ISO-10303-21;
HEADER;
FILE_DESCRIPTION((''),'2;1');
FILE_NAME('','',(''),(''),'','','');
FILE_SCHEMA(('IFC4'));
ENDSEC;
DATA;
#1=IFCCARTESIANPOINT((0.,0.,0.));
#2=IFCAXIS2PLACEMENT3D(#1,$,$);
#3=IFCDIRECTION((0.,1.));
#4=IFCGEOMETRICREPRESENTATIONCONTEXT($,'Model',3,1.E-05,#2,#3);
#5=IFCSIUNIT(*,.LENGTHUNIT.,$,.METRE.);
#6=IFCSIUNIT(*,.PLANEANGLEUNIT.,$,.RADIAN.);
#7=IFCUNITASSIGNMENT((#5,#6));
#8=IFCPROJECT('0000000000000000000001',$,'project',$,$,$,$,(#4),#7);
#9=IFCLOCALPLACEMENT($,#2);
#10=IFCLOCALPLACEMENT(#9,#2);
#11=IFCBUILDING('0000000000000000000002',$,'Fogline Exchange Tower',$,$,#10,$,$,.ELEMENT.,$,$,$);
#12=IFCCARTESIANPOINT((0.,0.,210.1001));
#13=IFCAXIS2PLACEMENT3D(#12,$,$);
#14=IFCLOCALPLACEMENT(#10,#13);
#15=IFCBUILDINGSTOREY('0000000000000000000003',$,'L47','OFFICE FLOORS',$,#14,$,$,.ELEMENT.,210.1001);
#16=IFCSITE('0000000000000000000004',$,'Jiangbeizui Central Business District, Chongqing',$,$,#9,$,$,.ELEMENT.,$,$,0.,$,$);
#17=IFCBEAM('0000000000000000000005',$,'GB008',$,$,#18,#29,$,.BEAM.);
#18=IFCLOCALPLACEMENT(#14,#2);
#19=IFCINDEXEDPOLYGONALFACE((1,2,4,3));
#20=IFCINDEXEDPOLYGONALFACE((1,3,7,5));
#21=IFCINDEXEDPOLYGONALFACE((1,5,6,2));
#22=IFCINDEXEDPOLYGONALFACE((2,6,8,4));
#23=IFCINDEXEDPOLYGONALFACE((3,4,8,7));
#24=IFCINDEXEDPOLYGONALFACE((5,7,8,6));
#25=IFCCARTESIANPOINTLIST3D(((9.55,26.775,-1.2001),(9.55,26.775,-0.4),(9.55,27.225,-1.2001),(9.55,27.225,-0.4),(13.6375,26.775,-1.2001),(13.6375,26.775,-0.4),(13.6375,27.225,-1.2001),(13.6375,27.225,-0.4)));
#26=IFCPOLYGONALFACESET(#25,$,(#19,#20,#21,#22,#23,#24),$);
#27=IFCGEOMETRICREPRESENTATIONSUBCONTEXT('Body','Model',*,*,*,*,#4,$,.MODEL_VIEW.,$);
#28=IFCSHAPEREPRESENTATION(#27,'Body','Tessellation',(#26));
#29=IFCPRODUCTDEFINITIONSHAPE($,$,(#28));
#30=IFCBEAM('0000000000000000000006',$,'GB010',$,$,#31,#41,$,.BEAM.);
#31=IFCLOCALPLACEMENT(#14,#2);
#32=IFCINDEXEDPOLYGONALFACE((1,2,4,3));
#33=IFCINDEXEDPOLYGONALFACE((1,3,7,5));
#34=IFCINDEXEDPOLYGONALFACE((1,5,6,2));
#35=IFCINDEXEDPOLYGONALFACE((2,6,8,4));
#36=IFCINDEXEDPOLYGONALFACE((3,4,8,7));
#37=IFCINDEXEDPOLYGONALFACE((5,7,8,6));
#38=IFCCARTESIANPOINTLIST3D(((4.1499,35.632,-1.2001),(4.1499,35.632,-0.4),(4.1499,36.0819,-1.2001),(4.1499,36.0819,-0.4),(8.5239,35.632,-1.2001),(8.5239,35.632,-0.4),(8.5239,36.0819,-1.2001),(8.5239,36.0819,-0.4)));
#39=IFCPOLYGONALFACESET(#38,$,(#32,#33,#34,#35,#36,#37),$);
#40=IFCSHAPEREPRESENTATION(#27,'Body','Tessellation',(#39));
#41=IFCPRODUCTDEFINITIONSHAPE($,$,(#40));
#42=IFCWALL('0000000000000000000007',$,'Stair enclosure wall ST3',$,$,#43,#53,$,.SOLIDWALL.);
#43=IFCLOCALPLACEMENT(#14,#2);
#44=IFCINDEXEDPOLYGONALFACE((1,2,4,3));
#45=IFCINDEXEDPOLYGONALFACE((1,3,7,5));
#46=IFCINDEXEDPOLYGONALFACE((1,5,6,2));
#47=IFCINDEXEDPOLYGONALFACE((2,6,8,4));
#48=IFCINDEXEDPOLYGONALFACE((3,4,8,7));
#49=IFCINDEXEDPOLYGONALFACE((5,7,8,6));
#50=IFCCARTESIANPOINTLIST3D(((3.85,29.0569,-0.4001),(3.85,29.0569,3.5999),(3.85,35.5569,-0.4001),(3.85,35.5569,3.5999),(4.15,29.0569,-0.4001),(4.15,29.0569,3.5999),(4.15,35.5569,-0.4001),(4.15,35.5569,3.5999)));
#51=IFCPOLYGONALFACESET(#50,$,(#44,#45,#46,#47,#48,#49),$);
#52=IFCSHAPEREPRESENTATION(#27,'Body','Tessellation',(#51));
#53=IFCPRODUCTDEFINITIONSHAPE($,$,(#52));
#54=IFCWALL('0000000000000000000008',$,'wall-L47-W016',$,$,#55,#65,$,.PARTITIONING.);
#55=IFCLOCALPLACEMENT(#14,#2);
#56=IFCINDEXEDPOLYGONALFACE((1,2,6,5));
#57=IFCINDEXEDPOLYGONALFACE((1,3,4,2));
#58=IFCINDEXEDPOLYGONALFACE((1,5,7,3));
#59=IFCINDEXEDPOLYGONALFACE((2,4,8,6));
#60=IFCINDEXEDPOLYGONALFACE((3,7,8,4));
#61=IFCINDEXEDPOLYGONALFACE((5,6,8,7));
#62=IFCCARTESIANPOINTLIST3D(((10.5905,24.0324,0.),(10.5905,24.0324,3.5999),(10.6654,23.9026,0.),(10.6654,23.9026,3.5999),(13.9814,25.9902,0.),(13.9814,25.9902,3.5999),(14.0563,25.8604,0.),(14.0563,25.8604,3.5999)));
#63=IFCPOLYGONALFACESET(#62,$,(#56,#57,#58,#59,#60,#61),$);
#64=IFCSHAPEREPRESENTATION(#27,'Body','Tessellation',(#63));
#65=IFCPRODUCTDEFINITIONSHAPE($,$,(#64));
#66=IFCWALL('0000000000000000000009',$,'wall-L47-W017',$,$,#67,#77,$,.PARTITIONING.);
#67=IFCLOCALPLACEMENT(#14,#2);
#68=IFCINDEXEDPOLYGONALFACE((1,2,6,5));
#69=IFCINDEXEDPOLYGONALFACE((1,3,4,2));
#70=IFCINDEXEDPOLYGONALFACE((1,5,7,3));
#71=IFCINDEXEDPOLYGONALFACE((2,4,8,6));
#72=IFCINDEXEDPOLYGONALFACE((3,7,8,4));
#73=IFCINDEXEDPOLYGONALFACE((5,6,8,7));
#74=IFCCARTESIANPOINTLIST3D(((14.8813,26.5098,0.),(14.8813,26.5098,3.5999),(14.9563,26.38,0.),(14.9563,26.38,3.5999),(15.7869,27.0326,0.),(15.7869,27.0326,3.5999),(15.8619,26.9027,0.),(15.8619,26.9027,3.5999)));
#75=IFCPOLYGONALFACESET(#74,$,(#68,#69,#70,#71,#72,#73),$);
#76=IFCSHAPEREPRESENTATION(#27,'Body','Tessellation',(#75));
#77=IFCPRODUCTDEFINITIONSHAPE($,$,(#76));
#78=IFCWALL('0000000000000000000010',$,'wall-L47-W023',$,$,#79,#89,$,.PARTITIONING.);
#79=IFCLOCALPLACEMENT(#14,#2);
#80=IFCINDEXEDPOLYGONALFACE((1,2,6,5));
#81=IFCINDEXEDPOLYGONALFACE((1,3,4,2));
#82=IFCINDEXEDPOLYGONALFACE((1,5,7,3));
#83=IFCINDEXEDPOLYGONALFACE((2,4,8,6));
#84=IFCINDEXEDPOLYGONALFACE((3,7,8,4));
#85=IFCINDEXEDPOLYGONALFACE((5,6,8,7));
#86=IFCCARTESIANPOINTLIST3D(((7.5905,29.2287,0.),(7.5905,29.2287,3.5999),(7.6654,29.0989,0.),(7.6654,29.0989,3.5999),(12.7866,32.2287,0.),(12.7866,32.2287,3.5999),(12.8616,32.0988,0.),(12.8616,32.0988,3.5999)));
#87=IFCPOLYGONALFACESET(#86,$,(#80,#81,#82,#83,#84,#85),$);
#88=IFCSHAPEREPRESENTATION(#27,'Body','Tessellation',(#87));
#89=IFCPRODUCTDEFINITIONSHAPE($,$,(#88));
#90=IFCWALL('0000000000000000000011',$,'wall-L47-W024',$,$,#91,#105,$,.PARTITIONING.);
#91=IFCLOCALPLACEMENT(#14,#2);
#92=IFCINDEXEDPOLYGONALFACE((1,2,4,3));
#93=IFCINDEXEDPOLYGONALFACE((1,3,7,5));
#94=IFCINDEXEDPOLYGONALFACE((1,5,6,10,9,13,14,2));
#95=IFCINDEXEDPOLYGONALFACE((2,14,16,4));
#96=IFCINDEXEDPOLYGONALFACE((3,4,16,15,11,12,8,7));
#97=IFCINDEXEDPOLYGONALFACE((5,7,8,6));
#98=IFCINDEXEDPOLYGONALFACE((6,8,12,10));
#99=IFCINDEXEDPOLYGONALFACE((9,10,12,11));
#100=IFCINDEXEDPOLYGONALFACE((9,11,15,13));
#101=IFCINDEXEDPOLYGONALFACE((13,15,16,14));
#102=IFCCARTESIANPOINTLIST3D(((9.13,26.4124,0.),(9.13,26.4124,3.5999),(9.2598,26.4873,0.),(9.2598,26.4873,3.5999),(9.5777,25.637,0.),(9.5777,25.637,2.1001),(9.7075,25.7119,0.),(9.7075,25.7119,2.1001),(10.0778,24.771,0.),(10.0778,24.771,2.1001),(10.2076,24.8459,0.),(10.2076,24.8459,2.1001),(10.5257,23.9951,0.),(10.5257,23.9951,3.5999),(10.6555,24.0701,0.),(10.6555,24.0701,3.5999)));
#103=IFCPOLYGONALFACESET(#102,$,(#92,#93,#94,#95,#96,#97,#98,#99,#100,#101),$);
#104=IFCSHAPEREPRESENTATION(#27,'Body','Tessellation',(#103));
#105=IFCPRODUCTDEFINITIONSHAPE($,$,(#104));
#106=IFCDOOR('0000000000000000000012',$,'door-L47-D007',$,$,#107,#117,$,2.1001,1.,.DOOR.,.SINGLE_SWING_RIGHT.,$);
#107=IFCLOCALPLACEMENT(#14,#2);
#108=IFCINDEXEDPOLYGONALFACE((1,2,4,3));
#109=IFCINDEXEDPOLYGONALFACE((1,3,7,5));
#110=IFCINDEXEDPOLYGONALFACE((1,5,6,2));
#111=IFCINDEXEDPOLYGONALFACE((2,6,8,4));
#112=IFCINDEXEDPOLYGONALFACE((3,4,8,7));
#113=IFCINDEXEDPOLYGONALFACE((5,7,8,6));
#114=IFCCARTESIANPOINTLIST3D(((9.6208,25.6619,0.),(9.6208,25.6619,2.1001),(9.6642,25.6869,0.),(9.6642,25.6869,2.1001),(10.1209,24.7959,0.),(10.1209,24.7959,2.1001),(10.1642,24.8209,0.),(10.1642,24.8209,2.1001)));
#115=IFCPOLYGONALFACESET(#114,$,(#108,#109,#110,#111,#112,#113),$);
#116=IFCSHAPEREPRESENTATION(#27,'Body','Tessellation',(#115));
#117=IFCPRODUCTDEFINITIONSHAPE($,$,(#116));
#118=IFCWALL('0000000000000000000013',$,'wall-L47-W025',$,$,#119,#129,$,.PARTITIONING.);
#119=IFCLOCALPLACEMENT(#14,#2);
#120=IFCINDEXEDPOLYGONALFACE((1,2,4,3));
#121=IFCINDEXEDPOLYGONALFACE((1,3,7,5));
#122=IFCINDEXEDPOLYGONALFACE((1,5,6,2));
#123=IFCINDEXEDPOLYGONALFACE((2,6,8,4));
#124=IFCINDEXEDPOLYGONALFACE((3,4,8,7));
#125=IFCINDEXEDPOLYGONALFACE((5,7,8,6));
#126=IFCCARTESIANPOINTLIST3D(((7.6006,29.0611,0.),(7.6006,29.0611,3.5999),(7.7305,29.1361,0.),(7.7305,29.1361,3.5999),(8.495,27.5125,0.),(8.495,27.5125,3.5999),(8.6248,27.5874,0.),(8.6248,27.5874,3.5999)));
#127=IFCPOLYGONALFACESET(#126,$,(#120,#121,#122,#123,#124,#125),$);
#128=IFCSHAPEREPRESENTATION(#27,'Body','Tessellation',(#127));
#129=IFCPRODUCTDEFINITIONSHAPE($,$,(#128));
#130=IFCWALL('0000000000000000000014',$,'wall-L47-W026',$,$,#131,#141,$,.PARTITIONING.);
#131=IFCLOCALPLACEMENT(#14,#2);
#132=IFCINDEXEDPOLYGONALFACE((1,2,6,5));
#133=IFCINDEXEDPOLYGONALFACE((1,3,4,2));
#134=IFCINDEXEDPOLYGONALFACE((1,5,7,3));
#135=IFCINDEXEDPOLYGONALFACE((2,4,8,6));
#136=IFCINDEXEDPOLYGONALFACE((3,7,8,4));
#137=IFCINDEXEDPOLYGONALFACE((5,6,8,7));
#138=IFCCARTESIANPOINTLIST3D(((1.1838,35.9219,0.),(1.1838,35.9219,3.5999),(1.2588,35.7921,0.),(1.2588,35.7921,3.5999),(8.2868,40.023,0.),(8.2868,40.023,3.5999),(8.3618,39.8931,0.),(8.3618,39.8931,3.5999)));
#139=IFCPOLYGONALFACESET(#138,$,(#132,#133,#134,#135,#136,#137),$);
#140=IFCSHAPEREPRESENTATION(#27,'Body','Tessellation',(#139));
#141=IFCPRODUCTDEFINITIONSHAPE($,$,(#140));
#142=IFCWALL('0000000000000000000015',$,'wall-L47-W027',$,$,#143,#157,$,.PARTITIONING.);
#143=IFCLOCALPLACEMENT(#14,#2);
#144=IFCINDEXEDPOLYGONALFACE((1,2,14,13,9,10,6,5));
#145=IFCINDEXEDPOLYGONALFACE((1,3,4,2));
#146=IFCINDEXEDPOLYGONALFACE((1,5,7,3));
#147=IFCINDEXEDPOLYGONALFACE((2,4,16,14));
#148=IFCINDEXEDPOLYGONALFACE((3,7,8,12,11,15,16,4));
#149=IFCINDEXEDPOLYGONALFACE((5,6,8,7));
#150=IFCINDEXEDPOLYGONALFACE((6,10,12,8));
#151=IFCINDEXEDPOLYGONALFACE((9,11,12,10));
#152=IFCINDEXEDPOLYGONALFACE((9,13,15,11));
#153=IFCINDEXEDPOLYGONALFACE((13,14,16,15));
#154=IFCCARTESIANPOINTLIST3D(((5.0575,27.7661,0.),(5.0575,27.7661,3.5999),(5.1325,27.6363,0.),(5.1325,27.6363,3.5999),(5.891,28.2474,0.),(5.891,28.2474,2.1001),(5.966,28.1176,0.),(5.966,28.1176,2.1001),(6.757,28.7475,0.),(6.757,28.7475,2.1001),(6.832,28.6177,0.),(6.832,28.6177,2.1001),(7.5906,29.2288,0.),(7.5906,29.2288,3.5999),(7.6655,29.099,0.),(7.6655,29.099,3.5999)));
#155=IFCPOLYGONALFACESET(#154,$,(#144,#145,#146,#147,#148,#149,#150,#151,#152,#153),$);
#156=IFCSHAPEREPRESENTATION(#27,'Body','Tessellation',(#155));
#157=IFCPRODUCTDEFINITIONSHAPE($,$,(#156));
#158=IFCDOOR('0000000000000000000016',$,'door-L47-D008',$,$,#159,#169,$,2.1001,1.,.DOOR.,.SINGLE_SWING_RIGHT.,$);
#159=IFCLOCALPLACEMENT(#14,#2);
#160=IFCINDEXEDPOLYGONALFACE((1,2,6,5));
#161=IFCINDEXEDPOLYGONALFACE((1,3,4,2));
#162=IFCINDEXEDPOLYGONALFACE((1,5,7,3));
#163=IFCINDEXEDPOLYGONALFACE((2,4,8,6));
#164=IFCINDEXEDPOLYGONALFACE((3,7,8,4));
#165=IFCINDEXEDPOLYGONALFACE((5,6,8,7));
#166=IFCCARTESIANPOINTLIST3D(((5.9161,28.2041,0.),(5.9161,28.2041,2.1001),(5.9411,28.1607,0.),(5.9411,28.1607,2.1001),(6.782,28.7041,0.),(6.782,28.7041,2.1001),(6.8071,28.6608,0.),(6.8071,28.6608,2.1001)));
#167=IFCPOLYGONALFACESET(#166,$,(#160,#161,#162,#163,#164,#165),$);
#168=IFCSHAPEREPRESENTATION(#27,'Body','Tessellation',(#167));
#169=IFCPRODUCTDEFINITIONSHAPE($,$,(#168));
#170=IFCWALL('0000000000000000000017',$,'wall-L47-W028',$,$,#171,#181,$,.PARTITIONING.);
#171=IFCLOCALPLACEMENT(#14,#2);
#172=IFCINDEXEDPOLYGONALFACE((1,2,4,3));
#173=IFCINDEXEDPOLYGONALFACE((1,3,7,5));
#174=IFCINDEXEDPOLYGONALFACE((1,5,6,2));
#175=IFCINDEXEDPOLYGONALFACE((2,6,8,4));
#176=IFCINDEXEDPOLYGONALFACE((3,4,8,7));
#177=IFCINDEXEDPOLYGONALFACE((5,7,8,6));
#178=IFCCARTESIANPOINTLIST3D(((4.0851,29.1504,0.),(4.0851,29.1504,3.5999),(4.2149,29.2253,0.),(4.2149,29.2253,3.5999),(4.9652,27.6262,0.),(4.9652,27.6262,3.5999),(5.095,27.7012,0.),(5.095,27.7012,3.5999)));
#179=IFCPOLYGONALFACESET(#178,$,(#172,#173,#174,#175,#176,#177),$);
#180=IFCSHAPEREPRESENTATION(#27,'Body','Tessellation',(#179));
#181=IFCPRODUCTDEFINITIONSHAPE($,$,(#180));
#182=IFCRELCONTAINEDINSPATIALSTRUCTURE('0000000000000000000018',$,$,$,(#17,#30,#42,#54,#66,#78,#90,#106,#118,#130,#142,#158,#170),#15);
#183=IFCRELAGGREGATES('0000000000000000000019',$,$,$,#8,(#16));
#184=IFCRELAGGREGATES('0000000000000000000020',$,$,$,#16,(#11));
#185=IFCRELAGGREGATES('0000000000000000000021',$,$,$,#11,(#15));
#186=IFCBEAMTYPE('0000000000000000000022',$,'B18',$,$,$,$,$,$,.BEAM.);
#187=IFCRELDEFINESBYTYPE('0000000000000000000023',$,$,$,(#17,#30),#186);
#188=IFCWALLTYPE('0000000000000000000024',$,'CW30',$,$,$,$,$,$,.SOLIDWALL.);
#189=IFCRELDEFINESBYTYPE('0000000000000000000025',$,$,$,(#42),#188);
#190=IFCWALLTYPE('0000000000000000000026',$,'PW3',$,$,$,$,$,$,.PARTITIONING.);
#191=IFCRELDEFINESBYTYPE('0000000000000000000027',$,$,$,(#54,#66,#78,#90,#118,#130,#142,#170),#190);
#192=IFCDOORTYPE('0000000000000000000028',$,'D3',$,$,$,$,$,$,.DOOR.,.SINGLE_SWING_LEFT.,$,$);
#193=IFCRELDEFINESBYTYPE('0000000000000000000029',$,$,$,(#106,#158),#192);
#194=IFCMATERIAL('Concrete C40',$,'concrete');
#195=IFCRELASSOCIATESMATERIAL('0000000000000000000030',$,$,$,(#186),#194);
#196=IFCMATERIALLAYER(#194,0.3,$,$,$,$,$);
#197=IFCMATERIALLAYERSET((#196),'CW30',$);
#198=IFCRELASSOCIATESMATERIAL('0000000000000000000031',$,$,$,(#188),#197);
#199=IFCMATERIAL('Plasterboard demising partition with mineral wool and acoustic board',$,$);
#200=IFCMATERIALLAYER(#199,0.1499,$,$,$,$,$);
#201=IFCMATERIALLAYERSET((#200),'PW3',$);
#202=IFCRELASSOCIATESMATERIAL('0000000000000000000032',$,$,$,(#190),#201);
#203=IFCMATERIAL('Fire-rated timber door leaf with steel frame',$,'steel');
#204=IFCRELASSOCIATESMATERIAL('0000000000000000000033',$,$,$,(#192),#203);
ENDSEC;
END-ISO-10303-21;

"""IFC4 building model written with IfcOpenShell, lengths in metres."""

from ifc_helpers import new_model, si_unit, direction, frame, frame_2d, origin, origin_2d, place, context, subcontext, project, spatial, rectangle, extrude, material, layer, layer_set, material_profile, profile_set, type_object, element, fill, save


model = new_model("IFC4")

# Units and contexts
model_context = context("Model", 3, precision=1e-05, world=origin(), true_north=direction((0.0, 1.0)))
body_context = subcontext(model_context, "Body", "Model", "MODEL_VIEW")
ifc_project = project(units=[si_unit("LENGTHUNIT", "METRE"), si_unit("PLANEANGLEUNIT", "RADIAN")], contexts=[model_context])

# Site, building, storey
site_placement = place(None, origin())
site = spatial("IfcSite", under=ifc_project, at=site_placement, Name="Jiangbeizui Central Business District, Chongqing", CompositionType="ELEMENT", RefElevation=0.0)
building_placement = place(site_placement, origin())
building = spatial("IfcBuilding", under=site, at=building_placement, Name="Fogline Exchange Tower", CompositionType="ELEMENT")
storey_placement = place(building_placement, frame((0.0, 0.0, 210.1001)))
storey = spatial("IfcBuildingStorey", under=building, at=storey_placement, Name="L47", Description="OFFICE FLOORS", CompositionType="ELEMENT", Elevation=210.1001)

# Beams
ifc_material_1 = material(Name="Concrete C40", Category="concrete")
ifc_material_profile_1 = material_profile(ifc_material_1, rectangle(XDim=0.45, YDim=0.8, at=origin_2d()), Name="RC 450x800")
ifc_profile_set_1 = profile_set([ifc_material_profile_1], Name="Concrete C40")
beam_type_1 = type_object("IfcBeamType", Name="B18", PredefinedType="BEAM", material=ifc_profile_set_1)
beam_1_placement = place(storey_placement, frame((9.55, 27.0, -0.8), z_axis=(1.0, 0.0, 0.0), x_axis=(0.0, 1.0, 0.0)))
element("IfcBeam", 1, at=beam_1_placement, inside=storey, type_object=beam_type_1, Name="GB008", PredefinedType="BEAM", context=body_context, shape_type="SweptSolid", body=[
    extrude(rectangle(XDim=0.45, YDim=0.8, at=origin_2d()), origin(), (0.0, 0.0, 1.0), 4.0874),
])
beam_2_placement = place(storey_placement, frame((4.1499, 35.8569, -0.8), z_axis=(1.0, 0.0, 0.0), x_axis=(0.0, 1.0, 0.0)))
element("IfcBeam", 2, at=beam_2_placement, inside=storey, type_object=beam_type_1, Name="GB010", PredefinedType="BEAM", context=body_context, shape_type="SweptSolid", body=[
    extrude(rectangle(XDim=0.45, YDim=0.8, at=origin_2d()), origin(), (0.0, 0.0, 1.0), 4.374),
])

# Wall
ifc_layer_1 = layer(ifc_material_1, 0.3)
ifc_layer_set_1 = layer_set([ifc_layer_1], Name="CW30")
wall_type_1 = type_object("IfcWallType", Name="CW30", PredefinedType="SOLIDWALL", material=ifc_layer_set_1)
wall_1_placement = place(storey_placement, frame((4.0, 29.0569, -0.4001), z_axis=(0.0, 0.0, 1.0), x_axis=(0.0, 1.0, 0.0)))
element("IfcWall", 3, at=wall_1_placement, inside=storey, type_object=wall_type_1, Name="Stair enclosure wall ST3", PredefinedType="SOLIDWALL", context=body_context, shape_type="SweptSolid", body=[
    extrude(rectangle(XDim=6.5, YDim=0.3, at=frame_2d((3.25, 0.0))), origin(), (0.0, 0.0, 1.0), 4.0),
])

# Walls
ifc_material_2 = material(Name="Plasterboard demising partition with mineral wool and acoustic board")
ifc_layer_2 = layer(ifc_material_2, 0.1499)
ifc_layer_set_2 = layer_set([ifc_layer_2], Name="PW3")
wall_type_2 = type_object("IfcWallType", Name="PW3", PredefinedType="PARTITIONING", material=ifc_layer_set_2)
wall_2_placement = place(storey_placement, frame((10.6279, 23.9675, 0.0), z_axis=(0.0, 0.0, 1.0), x_axis=(0.86602, 0.500009, 0.0)))
element("IfcWall", 4, at=wall_2_placement, inside=storey, type_object=wall_type_2, Name="wall-L47-W016", PredefinedType="PARTITIONING", context=body_context, shape_type="SweptSolid", body=[
    extrude(rectangle(XDim=3.9155, YDim=0.1499, at=frame_2d((1.9578, 0.0))), origin(), (0.0, 0.0, 1.0), 3.5999),
])
wall_3_placement = place(storey_placement, frame((14.9187, 26.4448, 0.0), z_axis=(0.0, 0.0, 1.0), x_axis=(0.866065, 0.499931, 0.0)))
element("IfcWall", 5, at=wall_3_placement, inside=storey, type_object=wall_type_2, Name="wall-L47-W017", PredefinedType="PARTITIONING", context=body_context, shape_type="SweptSolid", body=[
    extrude(rectangle(XDim=1.0457, YDim=0.1499, at=frame_2d((0.5229, 0.0))), origin(), (0.0, 0.0, 1.0), 3.5999),
])
wall_4_placement = place(storey_placement, frame((7.6279, 29.1638, 0.0), z_axis=(0.0, 0.0, 1.0), x_axis=(0.866031, 0.49999, 0.0)))
element("IfcWall", 6, at=wall_4_placement, inside=storey, type_object=wall_type_2, Name="wall-L47-W023", PredefinedType="PARTITIONING", context=body_context, shape_type="SweptSolid", body=[
    extrude(rectangle(XDim=6.0, YDim=0.1499, at=frame_2d((3.0, 0.0))), origin(), (0.0, 0.0, 1.0), 3.5999),
])

# Wall, opening, door
wall_5_placement = place(storey_placement, frame((10.5906, 24.0327, 0.0), z_axis=(0.0, 0.0, 1.0), x_axis=(-0.500043, 0.866001, 0.0)))
wall_5 = element("IfcWall", 7, at=wall_5_placement, inside=storey, type_object=wall_type_2, Name="wall-L47-W024", PredefinedType="PARTITIONING", context=body_context, shape_type="SweptSolid", body=[
    extrude(rectangle(XDim=2.7913, YDim=0.1499, at=frame_2d((1.3955, 0.0))), origin(), (0.0, 0.0, 1.0), 3.5999),
])
opening_1_placement = place(wall_5_placement, frame((0.8958, 0.0, 0.0)))
opening_1 = element("IfcOpeningElement", 8, at=opening_1_placement, cuts=wall_5, PredefinedType="OPENING", context=body_context, shape_type="SweptSolid", body=[
    extrude(rectangle(XDim=1.0, YDim=2.1001, at=frame_2d((0.5, 1.05))), frame((0.0, 0.085, 0.0), z_axis=(0.0, -1.0, 0.0), x_axis=(1.0, 0.0, 0.0)), (0.0, 0.0, 1.0), 0.1699),
])
ifc_material_3 = material(Name="Fire-rated timber door leaf with steel frame", Category="steel")
door_type_1 = type_object("IfcDoorType", Name="D3", OperationType="SINGLE_SWING_LEFT", PredefinedType="DOOR", material=ifc_material_3)
door_1_placement = place(opening_1_placement, frame((1.0, 0.0, 0.0), z_axis=(0.0, 0.0, 1.0), x_axis=(-1.0, 0.0, 0.0)))
door_1 = element("IfcDoor", 9, at=door_1_placement, inside=storey, type_object=door_type_1, Name="door-L47-D007", OperationType="SINGLE_SWING_RIGHT", OverallHeight=2.1001, OverallWidth=1.0, PredefinedType="DOOR", context=body_context, shape_type="SweptSolid", body=[
    extrude(rectangle(XDim=1.0, YDim=2.1001, at=frame_2d((0.5, 1.05))), frame((0.0, 0.0249, 0.0), z_axis=(0.0, -1.0, 0.0), x_axis=(1.0, 0.0, 0.0)), (0.0, 0.0, 1.0), 0.05),
])
fill(opening_1, door_1)

# Walls
wall_6_placement = place(storey_placement, frame((8.5598, 27.55, 0.0), z_axis=(0.0, 0.0, 1.0), x_axis=(-0.500089, 0.865974, 0.0)))
element("IfcWall", 10, at=wall_6_placement, inside=storey, type_object=wall_type_2, Name="wall-L47-W025", PredefinedType="PARTITIONING", context=body_context, shape_type="SweptSolid", body=[
    extrude(rectangle(XDim=1.7883, YDim=0.1499, at=frame_2d((0.894, 0.0))), origin(), (0.0, 0.0, 1.0), 3.5999),
])
wall_7_placement = place(storey_placement, frame((1.2212, 35.8569, 0.0), z_axis=(0.0, 0.0, 1.0), x_axis=(0.866018, 0.500013, 0.0)))
element("IfcWall", 11, at=wall_7_placement, inside=storey, type_object=wall_type_2, Name="wall-L47-W026", PredefinedType="PARTITIONING", context=body_context, shape_type="SweptSolid", body=[
    extrude(rectangle(XDim=8.2019, YDim=0.1499, at=frame_2d((4.1011, 0.0))), origin(), (0.0, 0.0, 1.0), 3.5999),
])

# Wall, opening, door
wall_8_placement = place(storey_placement, frame((7.6279, 29.1638, 0.0), z_axis=(0.0, 0.0, 1.0), x_axis=(-0.86599, -0.500062, 0.0)))
wall_8 = element("IfcWall", 12, at=wall_8_placement, inside=storey, type_object=wall_type_2, Name="wall-L47-W027", PredefinedType="PARTITIONING", context=body_context, shape_type="SweptSolid", body=[
    extrude(rectangle(XDim=2.925, YDim=0.1499, at=frame_2d((1.4624, 0.0))), origin(), (0.0, 0.0, 1.0), 3.5999),
])
opening_2_placement = place(wall_8_placement, frame((0.9624, 0.0, 0.0)))
opening_2 = element("IfcOpeningElement", 13, at=opening_2_placement, cuts=wall_8, PredefinedType="OPENING", context=body_context, shape_type="SweptSolid", body=[
    extrude(rectangle(XDim=1.0, YDim=2.1001, at=frame_2d((0.5, 1.05))), frame((0.0, 0.085, 0.0), z_axis=(0.0, -1.0, 0.0), x_axis=(1.0, 0.0, 0.0)), (0.0, 0.0, 1.0), 0.1699),
])
door_2_placement = place(opening_2_placement, frame((1.0, 0.0, 0.0), z_axis=(0.0, 0.0, 1.0), x_axis=(-1.0, 0.0, 0.0)))
door_2 = element("IfcDoor", 14, at=door_2_placement, inside=storey, type_object=door_type_1, Name="door-L47-D008", OperationType="SINGLE_SWING_RIGHT", OverallHeight=2.1001, OverallWidth=1.0, PredefinedType="DOOR", context=body_context, shape_type="SweptSolid", body=[
    extrude(rectangle(XDim=1.0, YDim=2.1001, at=frame_2d((0.5, 1.05))), frame((0.0, 0.0249, 0.0), z_axis=(0.0, -1.0, 0.0), x_axis=(1.0, 0.0, 0.0)), (0.0, 0.0, 1.0), 0.05),
])
fill(opening_2, door_2)

# Wall
wall_9_placement = place(storey_placement, frame((5.03, 27.6638, 0.0), z_axis=(0.0, 0.0, 1.0), x_axis=(-0.500063, 0.865989, 0.0)))
element("IfcWall", 15, at=wall_9_placement, inside=storey, type_object=wall_type_2, Name="wall-L47-W028", PredefinedType="PARTITIONING", context=body_context, shape_type="SweptSolid", body=[
    extrude(rectangle(XDim=1.76, YDim=0.1499, at=frame_2d((0.8799, 0.0))), origin(), (0.0, 0.0, 1.0), 3.5999),
])

save(model, "model.ifc")
